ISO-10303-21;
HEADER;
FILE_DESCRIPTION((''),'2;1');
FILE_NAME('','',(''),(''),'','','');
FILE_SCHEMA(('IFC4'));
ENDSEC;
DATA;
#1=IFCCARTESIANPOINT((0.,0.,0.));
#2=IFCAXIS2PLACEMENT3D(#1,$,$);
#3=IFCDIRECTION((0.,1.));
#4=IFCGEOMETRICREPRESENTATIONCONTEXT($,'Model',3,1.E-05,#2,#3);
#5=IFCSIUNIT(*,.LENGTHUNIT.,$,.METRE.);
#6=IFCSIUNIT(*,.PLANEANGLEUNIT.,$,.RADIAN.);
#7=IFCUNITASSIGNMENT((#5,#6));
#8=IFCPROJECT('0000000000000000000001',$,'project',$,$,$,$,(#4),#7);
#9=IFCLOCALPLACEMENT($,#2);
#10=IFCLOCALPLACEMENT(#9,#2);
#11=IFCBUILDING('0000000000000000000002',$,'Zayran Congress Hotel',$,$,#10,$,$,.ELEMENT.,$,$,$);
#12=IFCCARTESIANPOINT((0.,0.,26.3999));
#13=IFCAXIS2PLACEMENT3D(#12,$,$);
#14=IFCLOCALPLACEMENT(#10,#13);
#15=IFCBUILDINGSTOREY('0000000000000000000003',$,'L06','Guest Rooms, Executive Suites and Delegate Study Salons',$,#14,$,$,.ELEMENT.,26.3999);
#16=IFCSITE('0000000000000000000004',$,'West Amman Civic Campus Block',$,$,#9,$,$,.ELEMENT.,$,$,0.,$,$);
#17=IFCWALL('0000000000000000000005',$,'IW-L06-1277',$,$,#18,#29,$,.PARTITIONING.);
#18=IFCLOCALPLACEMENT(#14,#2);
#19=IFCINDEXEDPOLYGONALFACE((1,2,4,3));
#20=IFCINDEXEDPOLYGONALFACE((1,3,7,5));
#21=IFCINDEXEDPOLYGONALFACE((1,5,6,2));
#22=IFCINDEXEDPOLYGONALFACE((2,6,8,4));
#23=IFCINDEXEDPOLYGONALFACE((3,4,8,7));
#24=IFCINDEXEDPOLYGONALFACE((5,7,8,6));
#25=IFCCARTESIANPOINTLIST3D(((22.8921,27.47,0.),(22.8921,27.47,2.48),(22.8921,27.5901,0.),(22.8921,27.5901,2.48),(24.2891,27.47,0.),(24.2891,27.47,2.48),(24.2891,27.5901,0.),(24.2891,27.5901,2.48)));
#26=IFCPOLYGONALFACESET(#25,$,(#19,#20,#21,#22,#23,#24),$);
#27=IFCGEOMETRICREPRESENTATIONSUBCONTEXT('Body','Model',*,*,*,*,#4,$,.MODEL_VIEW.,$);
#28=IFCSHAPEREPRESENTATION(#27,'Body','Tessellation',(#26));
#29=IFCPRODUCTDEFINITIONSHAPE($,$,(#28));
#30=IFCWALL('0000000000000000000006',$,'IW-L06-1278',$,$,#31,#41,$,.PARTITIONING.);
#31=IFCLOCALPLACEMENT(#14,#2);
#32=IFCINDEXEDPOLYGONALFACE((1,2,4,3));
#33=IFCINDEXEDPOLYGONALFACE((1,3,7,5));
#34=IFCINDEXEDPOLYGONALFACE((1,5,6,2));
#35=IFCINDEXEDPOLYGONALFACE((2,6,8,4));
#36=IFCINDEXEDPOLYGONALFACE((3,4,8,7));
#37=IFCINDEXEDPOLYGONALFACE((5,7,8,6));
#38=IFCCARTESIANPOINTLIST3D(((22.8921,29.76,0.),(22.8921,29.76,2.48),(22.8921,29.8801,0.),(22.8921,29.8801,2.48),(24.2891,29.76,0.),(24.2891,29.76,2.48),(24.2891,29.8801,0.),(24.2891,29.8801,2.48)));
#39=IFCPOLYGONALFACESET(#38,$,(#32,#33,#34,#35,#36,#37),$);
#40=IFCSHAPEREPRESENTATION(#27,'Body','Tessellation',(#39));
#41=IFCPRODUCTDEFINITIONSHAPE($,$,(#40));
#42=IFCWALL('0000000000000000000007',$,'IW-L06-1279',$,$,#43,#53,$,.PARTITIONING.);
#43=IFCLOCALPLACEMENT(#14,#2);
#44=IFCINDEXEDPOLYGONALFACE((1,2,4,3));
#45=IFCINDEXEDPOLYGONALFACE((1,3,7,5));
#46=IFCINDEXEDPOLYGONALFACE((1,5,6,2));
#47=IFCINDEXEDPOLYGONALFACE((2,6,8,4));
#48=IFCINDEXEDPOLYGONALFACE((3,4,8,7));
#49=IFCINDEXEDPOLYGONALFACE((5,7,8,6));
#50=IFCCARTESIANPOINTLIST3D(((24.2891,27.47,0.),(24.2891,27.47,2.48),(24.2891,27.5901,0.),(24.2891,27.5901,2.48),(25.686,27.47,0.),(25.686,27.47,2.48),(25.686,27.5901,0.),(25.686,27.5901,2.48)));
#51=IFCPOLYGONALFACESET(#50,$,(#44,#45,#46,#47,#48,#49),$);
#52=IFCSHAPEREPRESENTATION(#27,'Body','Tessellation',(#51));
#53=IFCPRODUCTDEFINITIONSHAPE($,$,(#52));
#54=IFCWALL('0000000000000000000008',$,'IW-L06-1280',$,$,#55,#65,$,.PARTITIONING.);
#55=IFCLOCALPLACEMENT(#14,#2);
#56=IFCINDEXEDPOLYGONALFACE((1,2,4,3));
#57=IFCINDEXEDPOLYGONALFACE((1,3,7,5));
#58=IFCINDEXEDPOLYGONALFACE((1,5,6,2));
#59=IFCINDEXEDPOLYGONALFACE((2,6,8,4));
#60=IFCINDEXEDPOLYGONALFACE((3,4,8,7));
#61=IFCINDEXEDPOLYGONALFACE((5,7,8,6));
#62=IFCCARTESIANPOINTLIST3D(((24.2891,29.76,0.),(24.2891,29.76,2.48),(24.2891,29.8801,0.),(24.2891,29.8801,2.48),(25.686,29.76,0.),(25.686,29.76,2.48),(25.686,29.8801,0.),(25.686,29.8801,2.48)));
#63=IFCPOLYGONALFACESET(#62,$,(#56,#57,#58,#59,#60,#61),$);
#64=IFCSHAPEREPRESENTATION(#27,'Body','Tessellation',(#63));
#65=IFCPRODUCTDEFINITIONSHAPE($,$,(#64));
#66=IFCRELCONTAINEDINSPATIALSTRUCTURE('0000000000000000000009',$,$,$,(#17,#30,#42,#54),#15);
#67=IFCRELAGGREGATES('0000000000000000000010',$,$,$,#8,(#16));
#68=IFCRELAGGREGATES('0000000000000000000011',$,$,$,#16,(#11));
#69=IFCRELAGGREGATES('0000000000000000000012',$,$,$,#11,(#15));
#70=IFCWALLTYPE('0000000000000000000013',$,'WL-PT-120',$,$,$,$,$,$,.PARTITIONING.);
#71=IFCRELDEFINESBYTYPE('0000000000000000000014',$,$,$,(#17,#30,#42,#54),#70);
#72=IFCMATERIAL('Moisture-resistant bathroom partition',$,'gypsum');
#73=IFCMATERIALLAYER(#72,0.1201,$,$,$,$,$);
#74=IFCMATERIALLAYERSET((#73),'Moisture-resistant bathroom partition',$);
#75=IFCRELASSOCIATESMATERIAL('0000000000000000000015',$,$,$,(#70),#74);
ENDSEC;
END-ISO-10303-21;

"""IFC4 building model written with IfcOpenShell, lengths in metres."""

from ifc_helpers import new_model, si_unit, direction, frame, frame_2d, origin, place, context, subcontext, project, spatial, rectangle, extrude, material, layer, layer_set, type_object, element, save


model = new_model("IFC4")

# Units and contexts
model_context = context("Model", 3, precision=1e-05, world=origin(), true_north=direction((0.0, 1.0)))
body_context = subcontext(model_context, "Body", "Model", "MODEL_VIEW")
ifc_project = project(units=[si_unit("LENGTHUNIT", "METRE"), si_unit("PLANEANGLEUNIT", "RADIAN")], contexts=[model_context])

# Site, building, storey
site_placement = place(None, origin())
site = spatial("IfcSite", under=ifc_project, at=site_placement, Name="West Amman Civic Campus Block", CompositionType="ELEMENT", RefElevation=0.0)
building_placement = place(site_placement, origin())
building = spatial("IfcBuilding", under=site, at=building_placement, Name="Zayran Congress Hotel", CompositionType="ELEMENT")
storey_placement = place(building_placement, frame((0.0, 0.0, 26.3999)))
storey = spatial("IfcBuildingStorey", under=building, at=storey_placement, Name="L06", Description="Guest Rooms, Executive Suites and Delegate Study Salons", CompositionType="ELEMENT", Elevation=26.3999)

# Shared definitions
ifc_material_1 = material(Name="Moisture-resistant bathroom partition", Category="gypsum")
ifc_layer_1 = layer(ifc_material_1, 0.1201)
ifc_layer_set_1 = layer_set([ifc_layer_1], Name="Moisture-resistant bathroom partition")
wall_type_1 = type_object("IfcWallType", Name="WL-PT-120", PredefinedType="PARTITIONING", material=ifc_layer_set_1)

# Walls
for number, where, z_axis, x_axis, name in (
    (1, (22.8921, 27.53, 0.0), (0.0, 0.0, 1.0), (1.0, 0.0, 0.0), "IW-L06-1277"),
    (2, (22.8921, 29.8201, 0.0), (0.0, 0.0, 1.0), (1.0, 0.0, 0.0), "IW-L06-1278"),
    (3, (24.2891, 27.53, 0.0), (0.0, 0.0, 1.0), (1.0, 0.0, 0.0), "IW-L06-1279"),
    (4, (24.2891, 29.8201, 0.0), (0.0, 0.0, 1.0), (1.0, 0.0, 0.0), "IW-L06-1280"),
):
    element("IfcWall", number, at=place(storey_placement, frame(where, z_axis=z_axis, x_axis=x_axis)), inside=storey, type_object=wall_type_1, Name=name, PredefinedType="PARTITIONING", context=body_context, shape_type="SweptSolid", body=[
        extrude(rectangle(XDim=1.397, YDim=0.1201, at=frame_2d((0.6985, 0.0))), origin(), (0.0, 0.0, 1.0), 2.48),
    ])

save(model, "model.ifc")
